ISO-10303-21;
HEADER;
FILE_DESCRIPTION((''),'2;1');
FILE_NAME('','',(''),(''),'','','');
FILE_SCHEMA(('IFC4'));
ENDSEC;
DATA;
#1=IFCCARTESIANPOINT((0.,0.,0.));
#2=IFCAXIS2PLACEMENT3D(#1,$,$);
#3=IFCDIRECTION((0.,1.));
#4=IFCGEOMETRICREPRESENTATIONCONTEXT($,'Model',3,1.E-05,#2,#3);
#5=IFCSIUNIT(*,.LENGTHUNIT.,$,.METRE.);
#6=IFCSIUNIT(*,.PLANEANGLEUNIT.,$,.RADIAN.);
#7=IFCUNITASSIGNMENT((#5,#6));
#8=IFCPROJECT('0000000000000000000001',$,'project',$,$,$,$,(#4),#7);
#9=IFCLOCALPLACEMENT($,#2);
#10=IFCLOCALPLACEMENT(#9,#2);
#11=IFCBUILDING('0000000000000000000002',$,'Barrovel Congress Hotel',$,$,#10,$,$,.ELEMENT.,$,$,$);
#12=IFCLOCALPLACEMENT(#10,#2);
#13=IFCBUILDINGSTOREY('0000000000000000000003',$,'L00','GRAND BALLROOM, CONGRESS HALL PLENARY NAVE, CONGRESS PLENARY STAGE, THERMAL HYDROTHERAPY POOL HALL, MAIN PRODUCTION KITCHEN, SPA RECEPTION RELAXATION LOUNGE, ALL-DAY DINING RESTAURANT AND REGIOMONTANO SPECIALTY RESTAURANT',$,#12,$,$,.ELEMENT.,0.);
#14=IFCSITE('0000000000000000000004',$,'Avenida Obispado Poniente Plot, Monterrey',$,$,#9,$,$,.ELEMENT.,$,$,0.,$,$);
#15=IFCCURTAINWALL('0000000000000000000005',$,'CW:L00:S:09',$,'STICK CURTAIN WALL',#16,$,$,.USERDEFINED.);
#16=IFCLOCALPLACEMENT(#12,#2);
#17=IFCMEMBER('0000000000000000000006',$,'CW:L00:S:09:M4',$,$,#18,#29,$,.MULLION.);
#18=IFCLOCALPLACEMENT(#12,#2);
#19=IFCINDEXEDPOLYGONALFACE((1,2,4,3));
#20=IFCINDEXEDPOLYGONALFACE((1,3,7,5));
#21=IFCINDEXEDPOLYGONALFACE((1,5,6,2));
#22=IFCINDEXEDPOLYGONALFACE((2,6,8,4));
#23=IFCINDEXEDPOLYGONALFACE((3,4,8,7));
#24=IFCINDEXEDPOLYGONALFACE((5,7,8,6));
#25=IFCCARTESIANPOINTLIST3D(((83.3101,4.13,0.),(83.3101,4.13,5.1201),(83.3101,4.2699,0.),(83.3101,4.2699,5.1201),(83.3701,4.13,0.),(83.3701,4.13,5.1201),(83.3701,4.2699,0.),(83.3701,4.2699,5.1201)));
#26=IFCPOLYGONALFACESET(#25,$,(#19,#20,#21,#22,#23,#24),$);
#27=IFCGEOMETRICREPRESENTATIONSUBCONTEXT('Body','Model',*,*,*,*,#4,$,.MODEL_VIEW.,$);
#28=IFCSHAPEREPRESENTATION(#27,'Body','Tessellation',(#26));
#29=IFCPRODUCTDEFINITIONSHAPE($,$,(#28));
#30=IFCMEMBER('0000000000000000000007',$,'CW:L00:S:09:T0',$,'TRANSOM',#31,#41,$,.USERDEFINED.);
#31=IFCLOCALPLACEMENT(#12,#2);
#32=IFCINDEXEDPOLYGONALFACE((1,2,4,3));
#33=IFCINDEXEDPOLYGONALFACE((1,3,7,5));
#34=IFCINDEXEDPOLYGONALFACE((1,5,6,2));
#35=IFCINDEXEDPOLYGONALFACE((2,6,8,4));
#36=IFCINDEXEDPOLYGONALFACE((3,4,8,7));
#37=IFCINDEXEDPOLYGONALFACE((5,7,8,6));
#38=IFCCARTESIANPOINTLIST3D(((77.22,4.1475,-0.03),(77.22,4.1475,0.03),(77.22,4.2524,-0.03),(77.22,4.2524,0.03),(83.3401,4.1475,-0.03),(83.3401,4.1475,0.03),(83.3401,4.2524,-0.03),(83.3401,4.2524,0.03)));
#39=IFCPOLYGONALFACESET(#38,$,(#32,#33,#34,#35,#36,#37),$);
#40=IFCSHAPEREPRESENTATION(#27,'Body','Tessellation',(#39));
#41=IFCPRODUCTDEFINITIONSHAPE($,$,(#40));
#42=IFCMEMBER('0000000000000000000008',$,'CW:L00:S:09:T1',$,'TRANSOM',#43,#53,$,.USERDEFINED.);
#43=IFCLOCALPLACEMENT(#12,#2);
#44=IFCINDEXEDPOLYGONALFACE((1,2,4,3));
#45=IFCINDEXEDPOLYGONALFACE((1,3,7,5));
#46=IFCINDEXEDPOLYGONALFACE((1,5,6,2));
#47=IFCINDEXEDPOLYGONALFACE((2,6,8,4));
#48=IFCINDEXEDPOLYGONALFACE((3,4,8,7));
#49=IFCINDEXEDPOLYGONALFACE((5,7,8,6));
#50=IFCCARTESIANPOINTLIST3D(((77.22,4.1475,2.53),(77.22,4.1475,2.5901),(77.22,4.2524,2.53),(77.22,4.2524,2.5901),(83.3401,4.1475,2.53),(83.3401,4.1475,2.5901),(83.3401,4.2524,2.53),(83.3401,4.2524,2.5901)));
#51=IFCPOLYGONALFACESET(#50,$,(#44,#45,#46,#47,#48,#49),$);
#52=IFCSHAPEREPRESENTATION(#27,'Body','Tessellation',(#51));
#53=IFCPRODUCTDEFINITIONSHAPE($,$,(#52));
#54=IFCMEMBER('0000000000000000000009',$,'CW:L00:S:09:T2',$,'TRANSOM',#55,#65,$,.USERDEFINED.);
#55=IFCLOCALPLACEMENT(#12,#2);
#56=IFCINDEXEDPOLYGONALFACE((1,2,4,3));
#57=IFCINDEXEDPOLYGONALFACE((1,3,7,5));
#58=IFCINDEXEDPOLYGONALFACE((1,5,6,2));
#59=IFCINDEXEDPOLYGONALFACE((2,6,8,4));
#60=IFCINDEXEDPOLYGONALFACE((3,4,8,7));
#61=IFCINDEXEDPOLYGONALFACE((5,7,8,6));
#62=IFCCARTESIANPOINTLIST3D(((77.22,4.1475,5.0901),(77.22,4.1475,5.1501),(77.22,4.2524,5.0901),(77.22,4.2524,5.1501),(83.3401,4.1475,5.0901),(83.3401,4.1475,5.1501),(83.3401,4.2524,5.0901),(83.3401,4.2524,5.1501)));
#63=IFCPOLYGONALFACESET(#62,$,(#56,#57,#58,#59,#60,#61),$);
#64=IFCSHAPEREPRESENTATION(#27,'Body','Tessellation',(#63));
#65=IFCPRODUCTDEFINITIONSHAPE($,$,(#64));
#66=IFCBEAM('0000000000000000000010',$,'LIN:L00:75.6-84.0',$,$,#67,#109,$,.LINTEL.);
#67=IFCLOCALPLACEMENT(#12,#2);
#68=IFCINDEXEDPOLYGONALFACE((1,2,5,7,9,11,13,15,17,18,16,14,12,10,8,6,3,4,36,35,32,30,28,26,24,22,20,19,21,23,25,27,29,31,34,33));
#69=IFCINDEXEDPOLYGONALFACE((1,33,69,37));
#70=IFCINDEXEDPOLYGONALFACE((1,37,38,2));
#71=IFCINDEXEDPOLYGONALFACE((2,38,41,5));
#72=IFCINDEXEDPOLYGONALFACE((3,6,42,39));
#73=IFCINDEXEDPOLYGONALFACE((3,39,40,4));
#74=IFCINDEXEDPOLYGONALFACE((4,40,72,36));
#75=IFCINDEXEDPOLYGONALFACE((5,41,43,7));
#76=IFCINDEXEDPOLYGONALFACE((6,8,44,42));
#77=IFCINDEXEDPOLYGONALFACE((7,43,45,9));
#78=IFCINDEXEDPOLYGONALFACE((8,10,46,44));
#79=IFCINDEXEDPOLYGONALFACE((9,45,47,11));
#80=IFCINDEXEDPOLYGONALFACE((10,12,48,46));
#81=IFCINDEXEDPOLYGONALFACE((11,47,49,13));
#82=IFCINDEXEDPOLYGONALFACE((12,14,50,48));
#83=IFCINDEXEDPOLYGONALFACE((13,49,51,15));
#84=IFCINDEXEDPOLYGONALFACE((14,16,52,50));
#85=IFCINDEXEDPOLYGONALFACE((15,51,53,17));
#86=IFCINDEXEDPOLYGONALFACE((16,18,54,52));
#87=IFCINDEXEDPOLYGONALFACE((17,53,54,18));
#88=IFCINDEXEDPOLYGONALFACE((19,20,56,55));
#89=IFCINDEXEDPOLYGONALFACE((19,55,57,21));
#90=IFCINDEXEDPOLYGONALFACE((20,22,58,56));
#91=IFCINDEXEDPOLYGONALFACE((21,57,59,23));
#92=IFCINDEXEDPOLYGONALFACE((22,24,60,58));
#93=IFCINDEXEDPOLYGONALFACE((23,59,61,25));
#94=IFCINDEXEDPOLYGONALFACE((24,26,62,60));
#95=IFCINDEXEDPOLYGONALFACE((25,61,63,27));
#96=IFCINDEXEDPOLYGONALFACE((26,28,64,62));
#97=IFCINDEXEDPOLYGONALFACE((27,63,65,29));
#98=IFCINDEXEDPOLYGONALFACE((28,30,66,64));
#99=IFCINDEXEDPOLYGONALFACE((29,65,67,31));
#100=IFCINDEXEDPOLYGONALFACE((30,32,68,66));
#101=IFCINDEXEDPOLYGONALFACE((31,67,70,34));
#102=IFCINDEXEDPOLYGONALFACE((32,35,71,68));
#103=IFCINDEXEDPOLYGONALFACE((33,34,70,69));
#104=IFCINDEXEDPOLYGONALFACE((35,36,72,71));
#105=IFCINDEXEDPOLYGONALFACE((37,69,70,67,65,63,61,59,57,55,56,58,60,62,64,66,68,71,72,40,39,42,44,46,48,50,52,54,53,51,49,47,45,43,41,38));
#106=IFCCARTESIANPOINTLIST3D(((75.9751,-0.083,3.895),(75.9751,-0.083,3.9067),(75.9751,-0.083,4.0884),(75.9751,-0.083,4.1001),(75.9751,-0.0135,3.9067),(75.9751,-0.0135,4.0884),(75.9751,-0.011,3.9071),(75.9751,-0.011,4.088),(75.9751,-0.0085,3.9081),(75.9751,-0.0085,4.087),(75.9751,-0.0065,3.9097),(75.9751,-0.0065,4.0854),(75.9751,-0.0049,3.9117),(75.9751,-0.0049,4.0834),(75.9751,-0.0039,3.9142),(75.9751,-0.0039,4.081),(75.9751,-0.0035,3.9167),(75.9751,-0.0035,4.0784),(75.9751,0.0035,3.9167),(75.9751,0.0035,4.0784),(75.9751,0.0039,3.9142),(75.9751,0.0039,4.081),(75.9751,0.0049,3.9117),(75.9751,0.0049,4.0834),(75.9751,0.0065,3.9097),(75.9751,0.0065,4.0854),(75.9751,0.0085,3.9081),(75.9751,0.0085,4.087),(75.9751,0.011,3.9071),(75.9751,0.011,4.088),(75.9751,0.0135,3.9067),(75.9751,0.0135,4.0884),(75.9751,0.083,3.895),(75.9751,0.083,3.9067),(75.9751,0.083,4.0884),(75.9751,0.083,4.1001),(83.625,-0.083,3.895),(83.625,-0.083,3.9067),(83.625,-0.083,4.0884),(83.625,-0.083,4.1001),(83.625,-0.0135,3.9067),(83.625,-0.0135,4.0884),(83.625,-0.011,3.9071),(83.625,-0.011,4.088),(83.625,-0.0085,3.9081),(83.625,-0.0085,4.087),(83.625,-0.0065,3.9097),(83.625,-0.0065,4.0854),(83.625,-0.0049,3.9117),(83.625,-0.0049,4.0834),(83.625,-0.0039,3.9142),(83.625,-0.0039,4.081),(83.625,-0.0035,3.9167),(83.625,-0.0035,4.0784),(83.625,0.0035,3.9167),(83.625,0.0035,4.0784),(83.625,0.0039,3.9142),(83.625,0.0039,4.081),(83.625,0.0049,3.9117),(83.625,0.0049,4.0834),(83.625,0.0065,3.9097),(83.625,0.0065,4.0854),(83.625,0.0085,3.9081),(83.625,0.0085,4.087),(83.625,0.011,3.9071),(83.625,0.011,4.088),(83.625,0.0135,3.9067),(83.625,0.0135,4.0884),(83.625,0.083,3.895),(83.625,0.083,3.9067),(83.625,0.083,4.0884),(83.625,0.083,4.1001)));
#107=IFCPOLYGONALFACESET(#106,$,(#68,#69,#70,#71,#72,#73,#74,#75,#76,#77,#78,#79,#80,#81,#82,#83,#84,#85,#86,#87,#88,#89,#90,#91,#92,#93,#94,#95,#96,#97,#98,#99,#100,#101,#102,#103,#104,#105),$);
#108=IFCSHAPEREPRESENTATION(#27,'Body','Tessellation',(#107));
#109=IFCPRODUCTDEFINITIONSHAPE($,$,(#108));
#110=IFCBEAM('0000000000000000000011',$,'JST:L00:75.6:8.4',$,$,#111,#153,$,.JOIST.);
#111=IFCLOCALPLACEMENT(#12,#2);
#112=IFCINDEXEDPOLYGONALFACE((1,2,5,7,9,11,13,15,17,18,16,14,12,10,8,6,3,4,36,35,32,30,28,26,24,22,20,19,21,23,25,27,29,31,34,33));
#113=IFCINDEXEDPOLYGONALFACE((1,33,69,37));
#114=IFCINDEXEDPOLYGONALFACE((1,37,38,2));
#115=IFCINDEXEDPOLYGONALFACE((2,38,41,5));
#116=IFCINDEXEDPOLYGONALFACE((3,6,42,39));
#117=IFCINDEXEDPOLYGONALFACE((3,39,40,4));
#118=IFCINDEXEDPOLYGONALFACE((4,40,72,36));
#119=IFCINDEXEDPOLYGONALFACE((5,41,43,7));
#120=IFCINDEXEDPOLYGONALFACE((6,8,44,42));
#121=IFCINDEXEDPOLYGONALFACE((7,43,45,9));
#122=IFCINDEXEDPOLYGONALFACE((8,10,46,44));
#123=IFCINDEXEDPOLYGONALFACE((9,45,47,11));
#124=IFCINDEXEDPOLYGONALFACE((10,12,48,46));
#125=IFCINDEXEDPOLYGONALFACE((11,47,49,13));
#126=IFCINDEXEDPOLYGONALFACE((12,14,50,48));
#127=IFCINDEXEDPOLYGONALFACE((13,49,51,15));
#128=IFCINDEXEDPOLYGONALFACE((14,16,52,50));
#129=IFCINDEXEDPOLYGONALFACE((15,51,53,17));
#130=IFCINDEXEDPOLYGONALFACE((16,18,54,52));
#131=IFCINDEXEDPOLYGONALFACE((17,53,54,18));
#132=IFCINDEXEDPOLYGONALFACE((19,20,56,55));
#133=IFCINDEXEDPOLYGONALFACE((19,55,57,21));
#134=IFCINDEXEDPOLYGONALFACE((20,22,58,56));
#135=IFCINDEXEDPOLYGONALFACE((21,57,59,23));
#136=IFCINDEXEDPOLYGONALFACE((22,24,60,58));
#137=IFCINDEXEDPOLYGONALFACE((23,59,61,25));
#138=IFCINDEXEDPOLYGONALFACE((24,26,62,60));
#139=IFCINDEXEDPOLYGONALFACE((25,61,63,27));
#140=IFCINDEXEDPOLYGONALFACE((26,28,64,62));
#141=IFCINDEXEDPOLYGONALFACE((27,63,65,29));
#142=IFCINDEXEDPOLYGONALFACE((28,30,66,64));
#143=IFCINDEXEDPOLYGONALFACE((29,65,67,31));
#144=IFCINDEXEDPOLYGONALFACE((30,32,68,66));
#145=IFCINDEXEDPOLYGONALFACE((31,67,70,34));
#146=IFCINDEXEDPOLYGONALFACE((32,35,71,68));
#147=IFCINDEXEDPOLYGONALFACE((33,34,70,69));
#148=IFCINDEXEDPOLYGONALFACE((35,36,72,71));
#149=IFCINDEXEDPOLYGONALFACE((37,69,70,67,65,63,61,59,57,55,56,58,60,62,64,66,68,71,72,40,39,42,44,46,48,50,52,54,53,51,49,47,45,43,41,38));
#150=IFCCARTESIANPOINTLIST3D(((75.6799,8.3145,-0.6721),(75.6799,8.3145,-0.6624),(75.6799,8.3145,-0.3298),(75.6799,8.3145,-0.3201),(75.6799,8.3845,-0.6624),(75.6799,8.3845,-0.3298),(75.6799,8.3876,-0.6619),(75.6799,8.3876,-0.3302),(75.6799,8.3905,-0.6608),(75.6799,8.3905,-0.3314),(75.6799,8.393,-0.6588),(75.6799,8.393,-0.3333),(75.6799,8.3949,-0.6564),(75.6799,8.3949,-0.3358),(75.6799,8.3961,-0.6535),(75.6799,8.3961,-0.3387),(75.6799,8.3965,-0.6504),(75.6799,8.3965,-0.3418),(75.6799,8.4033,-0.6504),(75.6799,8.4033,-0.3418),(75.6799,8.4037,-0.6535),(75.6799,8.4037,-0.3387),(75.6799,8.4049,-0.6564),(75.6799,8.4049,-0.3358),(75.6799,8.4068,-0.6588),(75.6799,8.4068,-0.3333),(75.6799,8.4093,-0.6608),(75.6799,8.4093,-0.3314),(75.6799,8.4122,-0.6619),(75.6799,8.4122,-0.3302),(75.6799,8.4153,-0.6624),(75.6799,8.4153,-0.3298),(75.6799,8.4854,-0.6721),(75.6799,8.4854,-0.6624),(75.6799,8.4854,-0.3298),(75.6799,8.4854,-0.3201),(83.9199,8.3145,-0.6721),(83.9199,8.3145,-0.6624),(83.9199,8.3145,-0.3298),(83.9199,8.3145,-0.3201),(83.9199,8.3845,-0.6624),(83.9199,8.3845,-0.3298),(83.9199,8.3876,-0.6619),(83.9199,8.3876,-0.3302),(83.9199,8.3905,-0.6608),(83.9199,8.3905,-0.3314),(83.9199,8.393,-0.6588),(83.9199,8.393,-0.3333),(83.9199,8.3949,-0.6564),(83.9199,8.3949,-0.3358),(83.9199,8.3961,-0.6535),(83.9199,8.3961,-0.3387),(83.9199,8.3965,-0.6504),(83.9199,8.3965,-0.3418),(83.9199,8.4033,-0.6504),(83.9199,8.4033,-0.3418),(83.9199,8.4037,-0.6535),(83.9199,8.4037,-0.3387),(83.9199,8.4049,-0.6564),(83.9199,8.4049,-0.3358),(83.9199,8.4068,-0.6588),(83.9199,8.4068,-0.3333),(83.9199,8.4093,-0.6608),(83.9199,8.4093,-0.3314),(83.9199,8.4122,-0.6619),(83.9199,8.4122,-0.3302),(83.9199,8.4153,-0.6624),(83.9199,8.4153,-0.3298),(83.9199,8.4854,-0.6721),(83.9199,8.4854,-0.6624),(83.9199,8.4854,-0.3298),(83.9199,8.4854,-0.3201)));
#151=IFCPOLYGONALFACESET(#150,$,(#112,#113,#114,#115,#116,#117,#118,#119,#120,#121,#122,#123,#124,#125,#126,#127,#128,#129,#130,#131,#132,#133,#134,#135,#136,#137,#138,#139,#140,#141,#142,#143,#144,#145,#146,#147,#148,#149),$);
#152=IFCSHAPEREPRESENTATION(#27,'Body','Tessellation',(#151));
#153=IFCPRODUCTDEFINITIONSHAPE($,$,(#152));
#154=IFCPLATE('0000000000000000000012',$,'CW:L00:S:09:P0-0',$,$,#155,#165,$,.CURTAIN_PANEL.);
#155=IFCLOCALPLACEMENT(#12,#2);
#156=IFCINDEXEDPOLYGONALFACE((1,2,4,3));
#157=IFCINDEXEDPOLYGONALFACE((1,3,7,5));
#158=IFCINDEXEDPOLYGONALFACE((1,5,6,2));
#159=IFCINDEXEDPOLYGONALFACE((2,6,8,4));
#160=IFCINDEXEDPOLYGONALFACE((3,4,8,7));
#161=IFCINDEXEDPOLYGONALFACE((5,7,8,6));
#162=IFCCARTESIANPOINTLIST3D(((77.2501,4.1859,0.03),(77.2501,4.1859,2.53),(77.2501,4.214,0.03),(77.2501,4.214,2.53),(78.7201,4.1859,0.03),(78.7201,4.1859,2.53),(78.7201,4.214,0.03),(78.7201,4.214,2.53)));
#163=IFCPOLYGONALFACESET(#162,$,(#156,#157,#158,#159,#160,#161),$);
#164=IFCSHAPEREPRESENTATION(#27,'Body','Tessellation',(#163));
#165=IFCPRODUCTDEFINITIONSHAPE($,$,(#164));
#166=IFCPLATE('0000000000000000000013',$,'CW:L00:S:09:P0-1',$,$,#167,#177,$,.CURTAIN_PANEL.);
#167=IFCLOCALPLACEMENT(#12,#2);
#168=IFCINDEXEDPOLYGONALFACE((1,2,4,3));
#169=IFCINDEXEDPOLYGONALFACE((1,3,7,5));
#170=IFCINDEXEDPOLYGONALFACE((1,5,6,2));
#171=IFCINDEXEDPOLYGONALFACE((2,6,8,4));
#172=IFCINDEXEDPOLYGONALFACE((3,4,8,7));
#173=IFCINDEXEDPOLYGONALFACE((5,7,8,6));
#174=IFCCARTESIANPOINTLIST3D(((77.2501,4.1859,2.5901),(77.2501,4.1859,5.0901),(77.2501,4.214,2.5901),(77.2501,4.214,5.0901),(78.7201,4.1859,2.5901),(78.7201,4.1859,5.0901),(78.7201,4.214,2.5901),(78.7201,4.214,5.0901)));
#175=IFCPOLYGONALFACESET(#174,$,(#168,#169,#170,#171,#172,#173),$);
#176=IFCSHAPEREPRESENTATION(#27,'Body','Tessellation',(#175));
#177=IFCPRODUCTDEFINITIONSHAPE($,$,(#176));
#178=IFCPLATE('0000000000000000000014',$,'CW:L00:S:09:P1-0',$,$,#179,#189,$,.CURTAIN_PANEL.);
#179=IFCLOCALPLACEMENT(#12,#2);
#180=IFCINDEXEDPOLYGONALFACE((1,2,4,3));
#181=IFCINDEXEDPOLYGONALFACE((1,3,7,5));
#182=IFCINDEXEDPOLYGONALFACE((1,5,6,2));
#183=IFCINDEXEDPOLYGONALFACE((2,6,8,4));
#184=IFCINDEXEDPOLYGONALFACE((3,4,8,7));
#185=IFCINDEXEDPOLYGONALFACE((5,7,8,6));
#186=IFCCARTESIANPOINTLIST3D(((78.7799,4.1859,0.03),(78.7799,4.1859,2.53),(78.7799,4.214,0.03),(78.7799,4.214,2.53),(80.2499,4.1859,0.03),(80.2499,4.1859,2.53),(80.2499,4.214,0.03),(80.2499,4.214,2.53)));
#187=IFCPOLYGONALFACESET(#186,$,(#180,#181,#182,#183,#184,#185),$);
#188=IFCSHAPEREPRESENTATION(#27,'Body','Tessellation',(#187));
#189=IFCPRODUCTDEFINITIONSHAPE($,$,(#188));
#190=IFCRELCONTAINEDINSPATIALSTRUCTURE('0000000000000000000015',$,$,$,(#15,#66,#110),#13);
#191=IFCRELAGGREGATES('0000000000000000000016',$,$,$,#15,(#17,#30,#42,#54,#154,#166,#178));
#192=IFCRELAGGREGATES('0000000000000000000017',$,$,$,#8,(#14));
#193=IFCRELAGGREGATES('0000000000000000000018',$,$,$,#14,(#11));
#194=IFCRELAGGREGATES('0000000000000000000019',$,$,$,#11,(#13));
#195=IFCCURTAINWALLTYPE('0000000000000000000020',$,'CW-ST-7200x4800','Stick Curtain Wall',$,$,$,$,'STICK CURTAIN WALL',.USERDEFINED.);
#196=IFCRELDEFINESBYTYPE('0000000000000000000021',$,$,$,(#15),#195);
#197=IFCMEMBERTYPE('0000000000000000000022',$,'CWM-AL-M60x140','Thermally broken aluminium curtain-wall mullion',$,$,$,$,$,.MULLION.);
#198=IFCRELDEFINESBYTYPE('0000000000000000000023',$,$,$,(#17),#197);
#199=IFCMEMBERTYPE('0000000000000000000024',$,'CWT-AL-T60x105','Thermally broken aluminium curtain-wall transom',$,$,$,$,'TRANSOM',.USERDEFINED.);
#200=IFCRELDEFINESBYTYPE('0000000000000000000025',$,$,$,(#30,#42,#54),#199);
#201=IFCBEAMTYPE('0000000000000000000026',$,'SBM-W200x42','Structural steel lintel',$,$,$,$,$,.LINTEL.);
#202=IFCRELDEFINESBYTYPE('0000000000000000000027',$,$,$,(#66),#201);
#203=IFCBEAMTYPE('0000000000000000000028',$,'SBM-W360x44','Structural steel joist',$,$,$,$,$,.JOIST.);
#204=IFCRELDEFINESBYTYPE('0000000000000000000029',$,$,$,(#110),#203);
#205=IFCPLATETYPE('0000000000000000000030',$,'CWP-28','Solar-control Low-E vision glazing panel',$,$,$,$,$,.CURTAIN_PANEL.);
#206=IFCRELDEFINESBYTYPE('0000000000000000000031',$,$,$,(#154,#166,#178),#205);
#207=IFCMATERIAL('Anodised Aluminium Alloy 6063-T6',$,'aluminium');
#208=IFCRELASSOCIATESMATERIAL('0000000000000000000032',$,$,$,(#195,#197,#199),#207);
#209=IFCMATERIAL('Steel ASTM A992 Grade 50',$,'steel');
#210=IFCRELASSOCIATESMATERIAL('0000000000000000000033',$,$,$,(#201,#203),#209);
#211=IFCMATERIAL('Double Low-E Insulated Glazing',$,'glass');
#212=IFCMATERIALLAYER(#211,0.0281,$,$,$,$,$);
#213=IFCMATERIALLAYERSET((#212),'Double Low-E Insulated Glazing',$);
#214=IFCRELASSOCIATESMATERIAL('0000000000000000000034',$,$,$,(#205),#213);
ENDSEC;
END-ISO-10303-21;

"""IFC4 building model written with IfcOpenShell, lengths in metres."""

from ifc_helpers import new_model, si_unit, direction, frame, origin, origin_2d, place, context, subcontext, project, spatial, rectangle, i_section, extrude, material, layer, layer_set, material_profile, profile_set, type_object, element, aggregate, save


model = new_model("IFC4")

# Units and contexts
model_context = context("Model", 3, precision=1e-05, world=origin(), true_north=direction((0.0, 1.0)))
body_context = subcontext(model_context, "Body", "Model", "MODEL_VIEW")
ifc_project = project(units=[si_unit("LENGTHUNIT", "METRE"), si_unit("PLANEANGLEUNIT", "RADIAN")], contexts=[model_context])

# Site, building, storey
site_placement = place(None, origin())
site = spatial("IfcSite", under=ifc_project, at=site_placement, Name="Avenida Obispado Poniente Plot, Monterrey", CompositionType="ELEMENT", RefElevation=0.0)
building_placement = place(site_placement, origin())
building = spatial("IfcBuilding", under=site, at=building_placement, Name="Barrovel Congress Hotel", CompositionType="ELEMENT")
storey_placement = place(building_placement, origin())
storey = spatial("IfcBuildingStorey", under=building, at=storey_placement, Name="L00", Description="GRAND BALLROOM, CONGRESS HALL PLENARY NAVE, CONGRESS PLENARY STAGE, THERMAL HYDROTHERAPY POOL HALL, MAIN PRODUCTION KITCHEN, SPA RECEPTION RELAXATION LOUNGE, ALL-DAY DINING RESTAURANT AND REGIOMONTANO SPECIALTY RESTAURANT", CompositionType="ELEMENT", Elevation=0.0)

# Curtain wall, members
ifc_material_1 = material(Name="Anodised Aluminium Alloy 6063-T6", Category="aluminium")
curtain_wall_type = type_object("IfcCurtainWallType", Name="CW-ST-7200x4800", Description="Stick Curtain Wall", ElementType="STICK CURTAIN WALL", PredefinedType="USERDEFINED", material=ifc_material_1)
curtain_wall_placement = place(storey_placement, origin())
curtain_wall = element("IfcCurtainWall", 1, at=curtain_wall_placement, inside=storey, type_object=curtain_wall_type, Name="CW:L00:S:09", ObjectType="STICK CURTAIN WALL", PredefinedType="USERDEFINED")
ifc_material_profile_1 = material_profile(ifc_material_1, rectangle(XDim=0.0601, YDim=0.1399, at=origin_2d()), Name="AL-M60x140")
ifc_profile_set_1 = profile_set([ifc_material_profile_1], Name="Anodised Aluminium Alloy 6063-T6")
member_type_1 = type_object("IfcMemberType", Name="CWM-AL-M60x140", Description="Thermally broken aluminium curtain-wall mullion", PredefinedType="MULLION", material=ifc_profile_set_1)
member_1_placement = place(storey_placement, frame((83.3401, 4.2, 0.0), z_axis=(0.0, 0.0, 1.0), x_axis=(1.0, 0.0, 0.0)))
member_1 = element("IfcMember", 2, at=member_1_placement, type_object=member_type_1, Name="CW:L00:S:09:M4", PredefinedType="MULLION", context=body_context, shape_type="SweptSolid", body=[
    extrude(rectangle(XDim=0.0601, YDim=0.1399, at=origin_2d()), origin(), (0.0, 0.0, 1.0), 5.1201),
])
ifc_material_profile_2 = material_profile(ifc_material_1, rectangle(XDim=0.105, YDim=0.0601, at=origin_2d()), Name="AL-T60x105")
ifc_profile_set_2 = profile_set([ifc_material_profile_2], Name="Anodised Aluminium Alloy 6063-T6")
member_type_2 = type_object("IfcMemberType", Name="CWT-AL-T60x105", Description="Thermally broken aluminium curtain-wall transom", ElementType="TRANSOM", PredefinedType="USERDEFINED", material=ifc_profile_set_2)
member_2_placement = place(storey_placement, frame((77.22, 4.2, 0.0), z_axis=(1.0, 0.0, 0.0), x_axis=(0.0, 1.0, 0.0)))
member_2 = element("IfcMember", 3, at=member_2_placement, type_object=member_type_2, Name="CW:L00:S:09:T0", ObjectType="TRANSOM", PredefinedType="USERDEFINED", context=body_context, shape_type="SweptSolid", body=[
    extrude(rectangle(XDim=0.105, YDim=0.0601, at=origin_2d()), origin(), (0.0, 0.0, 1.0), 6.1201),
])
member_3_placement = place(storey_placement, frame((77.22, 4.2, 2.5601), z_axis=(1.0, 0.0, 0.0), x_axis=(0.0, 1.0, 0.0)))
member_3 = element("IfcMember", 4, at=member_3_placement, type_object=member_type_2, Name="CW:L00:S:09:T1", ObjectType="TRANSOM", PredefinedType="USERDEFINED", context=body_context, shape_type="SweptSolid", body=[
    extrude(rectangle(XDim=0.105, YDim=0.0601, at=origin_2d()), origin(), (0.0, 0.0, 1.0), 6.1201),
])
member_4_placement = place(storey_placement, frame((77.22, 4.2, 5.1201), z_axis=(1.0, 0.0, 0.0), x_axis=(0.0, 1.0, 0.0)))
member_4 = element("IfcMember", 5, at=member_4_placement, type_object=member_type_2, Name="CW:L00:S:09:T2", ObjectType="TRANSOM", PredefinedType="USERDEFINED", context=body_context, shape_type="SweptSolid", body=[
    extrude(rectangle(XDim=0.105, YDim=0.0601, at=origin_2d()), origin(), (0.0, 0.0, 1.0), 6.1201),
])

# Beams
ifc_material_2 = material(Name="Steel ASTM A992 Grade 50", Category="steel")
ifc_material_profile_3 = material_profile(ifc_material_2, i_section(OverallWidth=0.166, OverallDepth=0.2051, WebThickness=0.0071, FlangeThickness=0.0117, FilletRadius=0.01, at=origin_2d()), Name="W200x42")
ifc_profile_set_3 = profile_set([ifc_material_profile_3], Name="Steel ASTM A992 Grade 50")
beam_type_1 = type_object("IfcBeamType", Name="SBM-W200x42", Description="Structural steel lintel", PredefinedType="LINTEL", material=ifc_profile_set_3)
beam_1_placement = place(storey_placement, frame((75.9751, 0.0, 3.9976), z_axis=(1.0, 0.0, 0.0), x_axis=(0.0, 1.0, 0.0)))
element("IfcBeam", 6, at=beam_1_placement, inside=storey, type_object=beam_type_1, Name="LIN:L00:75.6-84.0", PredefinedType="LINTEL", context=body_context, shape_type="SweptSolid", body=[
    extrude(i_section(OverallWidth=0.166, OverallDepth=0.2051, WebThickness=0.0071, FlangeThickness=0.0117, FilletRadius=0.01, at=origin_2d()), origin(), (0.0, 0.0, 1.0), 7.6499),
])
ifc_material_profile_4 = material_profile(ifc_material_2, i_section(OverallWidth=0.1709, OverallDepth=0.3521, WebThickness=0.0068, FlangeThickness=0.0098, FilletRadius=0.012, at=origin_2d()), Name="W360x44")
ifc_profile_set_4 = profile_set([ifc_material_profile_4], Name="Steel ASTM A992 Grade 50")
beam_type_2 = type_object("IfcBeamType", Name="SBM-W360x44", Description="Structural steel joist", PredefinedType="JOIST", material=ifc_profile_set_4)
beam_2_placement = place(storey_placement, frame((75.6799, 8.3999, -0.4961), z_axis=(1.0, 0.0, 0.0), x_axis=(0.0, 1.0, 0.0)))
element("IfcBeam", 7, at=beam_2_placement, inside=storey, type_object=beam_type_2, Name="JST:L00:75.6:8.4", PredefinedType="JOIST", context=body_context, shape_type="SweptSolid", body=[
    extrude(i_section(OverallWidth=0.1709, OverallDepth=0.3521, WebThickness=0.0068, FlangeThickness=0.0098, FilletRadius=0.012, at=origin_2d()), origin(), (0.0, 0.0, 1.0), 8.24),
])

# Plates
ifc_material_3 = material(Name="Double Low-E Insulated Glazing", Category="glass")
ifc_layer_1 = layer(ifc_material_3, 0.0281)
ifc_layer_set_1 = layer_set([ifc_layer_1], Name="Double Low-E Insulated Glazing")
plate_type = type_object("IfcPlateType", Name="CWP-28", Description="Solar-control Low-E vision glazing panel", PredefinedType="CURTAIN_PANEL", material=ifc_layer_set_1)
plate_1_placement = place(storey_placement, frame((77.9851, 4.2, 0.03), z_axis=(0.0, 0.0, 1.0), x_axis=(1.0, 0.0, 0.0)))
plate_1 = element("IfcPlate", 8, at=plate_1_placement, type_object=plate_type, Name="CW:L00:S:09:P0-0", PredefinedType="CURTAIN_PANEL", context=body_context, shape_type="SweptSolid", body=[
    extrude(rectangle(XDim=1.47, YDim=0.0281, at=origin_2d()), origin(), (0.0, 0.0, 1.0), 2.5),
])
plate_2_placement = place(storey_placement, frame((77.9851, 4.2, 2.5901), z_axis=(0.0, 0.0, 1.0), x_axis=(1.0, 0.0, 0.0)))
plate_2 = element("IfcPlate", 9, at=plate_2_placement, type_object=plate_type, Name="CW:L00:S:09:P0-1", PredefinedType="CURTAIN_PANEL", context=body_context, shape_type="SweptSolid", body=[
    extrude(rectangle(XDim=1.47, YDim=0.0281, at=origin_2d()), origin(), (0.0, 0.0, 1.0), 2.5),
])
plate_3_placement = place(storey_placement, frame((79.5149, 4.2, 0.03), z_axis=(0.0, 0.0, 1.0), x_axis=(1.0, 0.0, 0.0)))
plate_3 = element("IfcPlate", 10, at=plate_3_placement, type_object=plate_type, Name="CW:L00:S:09:P1-0", PredefinedType="CURTAIN_PANEL", context=body_context, shape_type="SweptSolid", body=[
    extrude(rectangle(XDim=1.47, YDim=0.0281, at=origin_2d()), origin(), (0.0, 0.0, 1.0), 2.5),
])
aggregate(curtain_wall, [member_1, member_2, member_3, member_4, plate_1, plate_2, plate_3])

save(model, "model.ifc")
